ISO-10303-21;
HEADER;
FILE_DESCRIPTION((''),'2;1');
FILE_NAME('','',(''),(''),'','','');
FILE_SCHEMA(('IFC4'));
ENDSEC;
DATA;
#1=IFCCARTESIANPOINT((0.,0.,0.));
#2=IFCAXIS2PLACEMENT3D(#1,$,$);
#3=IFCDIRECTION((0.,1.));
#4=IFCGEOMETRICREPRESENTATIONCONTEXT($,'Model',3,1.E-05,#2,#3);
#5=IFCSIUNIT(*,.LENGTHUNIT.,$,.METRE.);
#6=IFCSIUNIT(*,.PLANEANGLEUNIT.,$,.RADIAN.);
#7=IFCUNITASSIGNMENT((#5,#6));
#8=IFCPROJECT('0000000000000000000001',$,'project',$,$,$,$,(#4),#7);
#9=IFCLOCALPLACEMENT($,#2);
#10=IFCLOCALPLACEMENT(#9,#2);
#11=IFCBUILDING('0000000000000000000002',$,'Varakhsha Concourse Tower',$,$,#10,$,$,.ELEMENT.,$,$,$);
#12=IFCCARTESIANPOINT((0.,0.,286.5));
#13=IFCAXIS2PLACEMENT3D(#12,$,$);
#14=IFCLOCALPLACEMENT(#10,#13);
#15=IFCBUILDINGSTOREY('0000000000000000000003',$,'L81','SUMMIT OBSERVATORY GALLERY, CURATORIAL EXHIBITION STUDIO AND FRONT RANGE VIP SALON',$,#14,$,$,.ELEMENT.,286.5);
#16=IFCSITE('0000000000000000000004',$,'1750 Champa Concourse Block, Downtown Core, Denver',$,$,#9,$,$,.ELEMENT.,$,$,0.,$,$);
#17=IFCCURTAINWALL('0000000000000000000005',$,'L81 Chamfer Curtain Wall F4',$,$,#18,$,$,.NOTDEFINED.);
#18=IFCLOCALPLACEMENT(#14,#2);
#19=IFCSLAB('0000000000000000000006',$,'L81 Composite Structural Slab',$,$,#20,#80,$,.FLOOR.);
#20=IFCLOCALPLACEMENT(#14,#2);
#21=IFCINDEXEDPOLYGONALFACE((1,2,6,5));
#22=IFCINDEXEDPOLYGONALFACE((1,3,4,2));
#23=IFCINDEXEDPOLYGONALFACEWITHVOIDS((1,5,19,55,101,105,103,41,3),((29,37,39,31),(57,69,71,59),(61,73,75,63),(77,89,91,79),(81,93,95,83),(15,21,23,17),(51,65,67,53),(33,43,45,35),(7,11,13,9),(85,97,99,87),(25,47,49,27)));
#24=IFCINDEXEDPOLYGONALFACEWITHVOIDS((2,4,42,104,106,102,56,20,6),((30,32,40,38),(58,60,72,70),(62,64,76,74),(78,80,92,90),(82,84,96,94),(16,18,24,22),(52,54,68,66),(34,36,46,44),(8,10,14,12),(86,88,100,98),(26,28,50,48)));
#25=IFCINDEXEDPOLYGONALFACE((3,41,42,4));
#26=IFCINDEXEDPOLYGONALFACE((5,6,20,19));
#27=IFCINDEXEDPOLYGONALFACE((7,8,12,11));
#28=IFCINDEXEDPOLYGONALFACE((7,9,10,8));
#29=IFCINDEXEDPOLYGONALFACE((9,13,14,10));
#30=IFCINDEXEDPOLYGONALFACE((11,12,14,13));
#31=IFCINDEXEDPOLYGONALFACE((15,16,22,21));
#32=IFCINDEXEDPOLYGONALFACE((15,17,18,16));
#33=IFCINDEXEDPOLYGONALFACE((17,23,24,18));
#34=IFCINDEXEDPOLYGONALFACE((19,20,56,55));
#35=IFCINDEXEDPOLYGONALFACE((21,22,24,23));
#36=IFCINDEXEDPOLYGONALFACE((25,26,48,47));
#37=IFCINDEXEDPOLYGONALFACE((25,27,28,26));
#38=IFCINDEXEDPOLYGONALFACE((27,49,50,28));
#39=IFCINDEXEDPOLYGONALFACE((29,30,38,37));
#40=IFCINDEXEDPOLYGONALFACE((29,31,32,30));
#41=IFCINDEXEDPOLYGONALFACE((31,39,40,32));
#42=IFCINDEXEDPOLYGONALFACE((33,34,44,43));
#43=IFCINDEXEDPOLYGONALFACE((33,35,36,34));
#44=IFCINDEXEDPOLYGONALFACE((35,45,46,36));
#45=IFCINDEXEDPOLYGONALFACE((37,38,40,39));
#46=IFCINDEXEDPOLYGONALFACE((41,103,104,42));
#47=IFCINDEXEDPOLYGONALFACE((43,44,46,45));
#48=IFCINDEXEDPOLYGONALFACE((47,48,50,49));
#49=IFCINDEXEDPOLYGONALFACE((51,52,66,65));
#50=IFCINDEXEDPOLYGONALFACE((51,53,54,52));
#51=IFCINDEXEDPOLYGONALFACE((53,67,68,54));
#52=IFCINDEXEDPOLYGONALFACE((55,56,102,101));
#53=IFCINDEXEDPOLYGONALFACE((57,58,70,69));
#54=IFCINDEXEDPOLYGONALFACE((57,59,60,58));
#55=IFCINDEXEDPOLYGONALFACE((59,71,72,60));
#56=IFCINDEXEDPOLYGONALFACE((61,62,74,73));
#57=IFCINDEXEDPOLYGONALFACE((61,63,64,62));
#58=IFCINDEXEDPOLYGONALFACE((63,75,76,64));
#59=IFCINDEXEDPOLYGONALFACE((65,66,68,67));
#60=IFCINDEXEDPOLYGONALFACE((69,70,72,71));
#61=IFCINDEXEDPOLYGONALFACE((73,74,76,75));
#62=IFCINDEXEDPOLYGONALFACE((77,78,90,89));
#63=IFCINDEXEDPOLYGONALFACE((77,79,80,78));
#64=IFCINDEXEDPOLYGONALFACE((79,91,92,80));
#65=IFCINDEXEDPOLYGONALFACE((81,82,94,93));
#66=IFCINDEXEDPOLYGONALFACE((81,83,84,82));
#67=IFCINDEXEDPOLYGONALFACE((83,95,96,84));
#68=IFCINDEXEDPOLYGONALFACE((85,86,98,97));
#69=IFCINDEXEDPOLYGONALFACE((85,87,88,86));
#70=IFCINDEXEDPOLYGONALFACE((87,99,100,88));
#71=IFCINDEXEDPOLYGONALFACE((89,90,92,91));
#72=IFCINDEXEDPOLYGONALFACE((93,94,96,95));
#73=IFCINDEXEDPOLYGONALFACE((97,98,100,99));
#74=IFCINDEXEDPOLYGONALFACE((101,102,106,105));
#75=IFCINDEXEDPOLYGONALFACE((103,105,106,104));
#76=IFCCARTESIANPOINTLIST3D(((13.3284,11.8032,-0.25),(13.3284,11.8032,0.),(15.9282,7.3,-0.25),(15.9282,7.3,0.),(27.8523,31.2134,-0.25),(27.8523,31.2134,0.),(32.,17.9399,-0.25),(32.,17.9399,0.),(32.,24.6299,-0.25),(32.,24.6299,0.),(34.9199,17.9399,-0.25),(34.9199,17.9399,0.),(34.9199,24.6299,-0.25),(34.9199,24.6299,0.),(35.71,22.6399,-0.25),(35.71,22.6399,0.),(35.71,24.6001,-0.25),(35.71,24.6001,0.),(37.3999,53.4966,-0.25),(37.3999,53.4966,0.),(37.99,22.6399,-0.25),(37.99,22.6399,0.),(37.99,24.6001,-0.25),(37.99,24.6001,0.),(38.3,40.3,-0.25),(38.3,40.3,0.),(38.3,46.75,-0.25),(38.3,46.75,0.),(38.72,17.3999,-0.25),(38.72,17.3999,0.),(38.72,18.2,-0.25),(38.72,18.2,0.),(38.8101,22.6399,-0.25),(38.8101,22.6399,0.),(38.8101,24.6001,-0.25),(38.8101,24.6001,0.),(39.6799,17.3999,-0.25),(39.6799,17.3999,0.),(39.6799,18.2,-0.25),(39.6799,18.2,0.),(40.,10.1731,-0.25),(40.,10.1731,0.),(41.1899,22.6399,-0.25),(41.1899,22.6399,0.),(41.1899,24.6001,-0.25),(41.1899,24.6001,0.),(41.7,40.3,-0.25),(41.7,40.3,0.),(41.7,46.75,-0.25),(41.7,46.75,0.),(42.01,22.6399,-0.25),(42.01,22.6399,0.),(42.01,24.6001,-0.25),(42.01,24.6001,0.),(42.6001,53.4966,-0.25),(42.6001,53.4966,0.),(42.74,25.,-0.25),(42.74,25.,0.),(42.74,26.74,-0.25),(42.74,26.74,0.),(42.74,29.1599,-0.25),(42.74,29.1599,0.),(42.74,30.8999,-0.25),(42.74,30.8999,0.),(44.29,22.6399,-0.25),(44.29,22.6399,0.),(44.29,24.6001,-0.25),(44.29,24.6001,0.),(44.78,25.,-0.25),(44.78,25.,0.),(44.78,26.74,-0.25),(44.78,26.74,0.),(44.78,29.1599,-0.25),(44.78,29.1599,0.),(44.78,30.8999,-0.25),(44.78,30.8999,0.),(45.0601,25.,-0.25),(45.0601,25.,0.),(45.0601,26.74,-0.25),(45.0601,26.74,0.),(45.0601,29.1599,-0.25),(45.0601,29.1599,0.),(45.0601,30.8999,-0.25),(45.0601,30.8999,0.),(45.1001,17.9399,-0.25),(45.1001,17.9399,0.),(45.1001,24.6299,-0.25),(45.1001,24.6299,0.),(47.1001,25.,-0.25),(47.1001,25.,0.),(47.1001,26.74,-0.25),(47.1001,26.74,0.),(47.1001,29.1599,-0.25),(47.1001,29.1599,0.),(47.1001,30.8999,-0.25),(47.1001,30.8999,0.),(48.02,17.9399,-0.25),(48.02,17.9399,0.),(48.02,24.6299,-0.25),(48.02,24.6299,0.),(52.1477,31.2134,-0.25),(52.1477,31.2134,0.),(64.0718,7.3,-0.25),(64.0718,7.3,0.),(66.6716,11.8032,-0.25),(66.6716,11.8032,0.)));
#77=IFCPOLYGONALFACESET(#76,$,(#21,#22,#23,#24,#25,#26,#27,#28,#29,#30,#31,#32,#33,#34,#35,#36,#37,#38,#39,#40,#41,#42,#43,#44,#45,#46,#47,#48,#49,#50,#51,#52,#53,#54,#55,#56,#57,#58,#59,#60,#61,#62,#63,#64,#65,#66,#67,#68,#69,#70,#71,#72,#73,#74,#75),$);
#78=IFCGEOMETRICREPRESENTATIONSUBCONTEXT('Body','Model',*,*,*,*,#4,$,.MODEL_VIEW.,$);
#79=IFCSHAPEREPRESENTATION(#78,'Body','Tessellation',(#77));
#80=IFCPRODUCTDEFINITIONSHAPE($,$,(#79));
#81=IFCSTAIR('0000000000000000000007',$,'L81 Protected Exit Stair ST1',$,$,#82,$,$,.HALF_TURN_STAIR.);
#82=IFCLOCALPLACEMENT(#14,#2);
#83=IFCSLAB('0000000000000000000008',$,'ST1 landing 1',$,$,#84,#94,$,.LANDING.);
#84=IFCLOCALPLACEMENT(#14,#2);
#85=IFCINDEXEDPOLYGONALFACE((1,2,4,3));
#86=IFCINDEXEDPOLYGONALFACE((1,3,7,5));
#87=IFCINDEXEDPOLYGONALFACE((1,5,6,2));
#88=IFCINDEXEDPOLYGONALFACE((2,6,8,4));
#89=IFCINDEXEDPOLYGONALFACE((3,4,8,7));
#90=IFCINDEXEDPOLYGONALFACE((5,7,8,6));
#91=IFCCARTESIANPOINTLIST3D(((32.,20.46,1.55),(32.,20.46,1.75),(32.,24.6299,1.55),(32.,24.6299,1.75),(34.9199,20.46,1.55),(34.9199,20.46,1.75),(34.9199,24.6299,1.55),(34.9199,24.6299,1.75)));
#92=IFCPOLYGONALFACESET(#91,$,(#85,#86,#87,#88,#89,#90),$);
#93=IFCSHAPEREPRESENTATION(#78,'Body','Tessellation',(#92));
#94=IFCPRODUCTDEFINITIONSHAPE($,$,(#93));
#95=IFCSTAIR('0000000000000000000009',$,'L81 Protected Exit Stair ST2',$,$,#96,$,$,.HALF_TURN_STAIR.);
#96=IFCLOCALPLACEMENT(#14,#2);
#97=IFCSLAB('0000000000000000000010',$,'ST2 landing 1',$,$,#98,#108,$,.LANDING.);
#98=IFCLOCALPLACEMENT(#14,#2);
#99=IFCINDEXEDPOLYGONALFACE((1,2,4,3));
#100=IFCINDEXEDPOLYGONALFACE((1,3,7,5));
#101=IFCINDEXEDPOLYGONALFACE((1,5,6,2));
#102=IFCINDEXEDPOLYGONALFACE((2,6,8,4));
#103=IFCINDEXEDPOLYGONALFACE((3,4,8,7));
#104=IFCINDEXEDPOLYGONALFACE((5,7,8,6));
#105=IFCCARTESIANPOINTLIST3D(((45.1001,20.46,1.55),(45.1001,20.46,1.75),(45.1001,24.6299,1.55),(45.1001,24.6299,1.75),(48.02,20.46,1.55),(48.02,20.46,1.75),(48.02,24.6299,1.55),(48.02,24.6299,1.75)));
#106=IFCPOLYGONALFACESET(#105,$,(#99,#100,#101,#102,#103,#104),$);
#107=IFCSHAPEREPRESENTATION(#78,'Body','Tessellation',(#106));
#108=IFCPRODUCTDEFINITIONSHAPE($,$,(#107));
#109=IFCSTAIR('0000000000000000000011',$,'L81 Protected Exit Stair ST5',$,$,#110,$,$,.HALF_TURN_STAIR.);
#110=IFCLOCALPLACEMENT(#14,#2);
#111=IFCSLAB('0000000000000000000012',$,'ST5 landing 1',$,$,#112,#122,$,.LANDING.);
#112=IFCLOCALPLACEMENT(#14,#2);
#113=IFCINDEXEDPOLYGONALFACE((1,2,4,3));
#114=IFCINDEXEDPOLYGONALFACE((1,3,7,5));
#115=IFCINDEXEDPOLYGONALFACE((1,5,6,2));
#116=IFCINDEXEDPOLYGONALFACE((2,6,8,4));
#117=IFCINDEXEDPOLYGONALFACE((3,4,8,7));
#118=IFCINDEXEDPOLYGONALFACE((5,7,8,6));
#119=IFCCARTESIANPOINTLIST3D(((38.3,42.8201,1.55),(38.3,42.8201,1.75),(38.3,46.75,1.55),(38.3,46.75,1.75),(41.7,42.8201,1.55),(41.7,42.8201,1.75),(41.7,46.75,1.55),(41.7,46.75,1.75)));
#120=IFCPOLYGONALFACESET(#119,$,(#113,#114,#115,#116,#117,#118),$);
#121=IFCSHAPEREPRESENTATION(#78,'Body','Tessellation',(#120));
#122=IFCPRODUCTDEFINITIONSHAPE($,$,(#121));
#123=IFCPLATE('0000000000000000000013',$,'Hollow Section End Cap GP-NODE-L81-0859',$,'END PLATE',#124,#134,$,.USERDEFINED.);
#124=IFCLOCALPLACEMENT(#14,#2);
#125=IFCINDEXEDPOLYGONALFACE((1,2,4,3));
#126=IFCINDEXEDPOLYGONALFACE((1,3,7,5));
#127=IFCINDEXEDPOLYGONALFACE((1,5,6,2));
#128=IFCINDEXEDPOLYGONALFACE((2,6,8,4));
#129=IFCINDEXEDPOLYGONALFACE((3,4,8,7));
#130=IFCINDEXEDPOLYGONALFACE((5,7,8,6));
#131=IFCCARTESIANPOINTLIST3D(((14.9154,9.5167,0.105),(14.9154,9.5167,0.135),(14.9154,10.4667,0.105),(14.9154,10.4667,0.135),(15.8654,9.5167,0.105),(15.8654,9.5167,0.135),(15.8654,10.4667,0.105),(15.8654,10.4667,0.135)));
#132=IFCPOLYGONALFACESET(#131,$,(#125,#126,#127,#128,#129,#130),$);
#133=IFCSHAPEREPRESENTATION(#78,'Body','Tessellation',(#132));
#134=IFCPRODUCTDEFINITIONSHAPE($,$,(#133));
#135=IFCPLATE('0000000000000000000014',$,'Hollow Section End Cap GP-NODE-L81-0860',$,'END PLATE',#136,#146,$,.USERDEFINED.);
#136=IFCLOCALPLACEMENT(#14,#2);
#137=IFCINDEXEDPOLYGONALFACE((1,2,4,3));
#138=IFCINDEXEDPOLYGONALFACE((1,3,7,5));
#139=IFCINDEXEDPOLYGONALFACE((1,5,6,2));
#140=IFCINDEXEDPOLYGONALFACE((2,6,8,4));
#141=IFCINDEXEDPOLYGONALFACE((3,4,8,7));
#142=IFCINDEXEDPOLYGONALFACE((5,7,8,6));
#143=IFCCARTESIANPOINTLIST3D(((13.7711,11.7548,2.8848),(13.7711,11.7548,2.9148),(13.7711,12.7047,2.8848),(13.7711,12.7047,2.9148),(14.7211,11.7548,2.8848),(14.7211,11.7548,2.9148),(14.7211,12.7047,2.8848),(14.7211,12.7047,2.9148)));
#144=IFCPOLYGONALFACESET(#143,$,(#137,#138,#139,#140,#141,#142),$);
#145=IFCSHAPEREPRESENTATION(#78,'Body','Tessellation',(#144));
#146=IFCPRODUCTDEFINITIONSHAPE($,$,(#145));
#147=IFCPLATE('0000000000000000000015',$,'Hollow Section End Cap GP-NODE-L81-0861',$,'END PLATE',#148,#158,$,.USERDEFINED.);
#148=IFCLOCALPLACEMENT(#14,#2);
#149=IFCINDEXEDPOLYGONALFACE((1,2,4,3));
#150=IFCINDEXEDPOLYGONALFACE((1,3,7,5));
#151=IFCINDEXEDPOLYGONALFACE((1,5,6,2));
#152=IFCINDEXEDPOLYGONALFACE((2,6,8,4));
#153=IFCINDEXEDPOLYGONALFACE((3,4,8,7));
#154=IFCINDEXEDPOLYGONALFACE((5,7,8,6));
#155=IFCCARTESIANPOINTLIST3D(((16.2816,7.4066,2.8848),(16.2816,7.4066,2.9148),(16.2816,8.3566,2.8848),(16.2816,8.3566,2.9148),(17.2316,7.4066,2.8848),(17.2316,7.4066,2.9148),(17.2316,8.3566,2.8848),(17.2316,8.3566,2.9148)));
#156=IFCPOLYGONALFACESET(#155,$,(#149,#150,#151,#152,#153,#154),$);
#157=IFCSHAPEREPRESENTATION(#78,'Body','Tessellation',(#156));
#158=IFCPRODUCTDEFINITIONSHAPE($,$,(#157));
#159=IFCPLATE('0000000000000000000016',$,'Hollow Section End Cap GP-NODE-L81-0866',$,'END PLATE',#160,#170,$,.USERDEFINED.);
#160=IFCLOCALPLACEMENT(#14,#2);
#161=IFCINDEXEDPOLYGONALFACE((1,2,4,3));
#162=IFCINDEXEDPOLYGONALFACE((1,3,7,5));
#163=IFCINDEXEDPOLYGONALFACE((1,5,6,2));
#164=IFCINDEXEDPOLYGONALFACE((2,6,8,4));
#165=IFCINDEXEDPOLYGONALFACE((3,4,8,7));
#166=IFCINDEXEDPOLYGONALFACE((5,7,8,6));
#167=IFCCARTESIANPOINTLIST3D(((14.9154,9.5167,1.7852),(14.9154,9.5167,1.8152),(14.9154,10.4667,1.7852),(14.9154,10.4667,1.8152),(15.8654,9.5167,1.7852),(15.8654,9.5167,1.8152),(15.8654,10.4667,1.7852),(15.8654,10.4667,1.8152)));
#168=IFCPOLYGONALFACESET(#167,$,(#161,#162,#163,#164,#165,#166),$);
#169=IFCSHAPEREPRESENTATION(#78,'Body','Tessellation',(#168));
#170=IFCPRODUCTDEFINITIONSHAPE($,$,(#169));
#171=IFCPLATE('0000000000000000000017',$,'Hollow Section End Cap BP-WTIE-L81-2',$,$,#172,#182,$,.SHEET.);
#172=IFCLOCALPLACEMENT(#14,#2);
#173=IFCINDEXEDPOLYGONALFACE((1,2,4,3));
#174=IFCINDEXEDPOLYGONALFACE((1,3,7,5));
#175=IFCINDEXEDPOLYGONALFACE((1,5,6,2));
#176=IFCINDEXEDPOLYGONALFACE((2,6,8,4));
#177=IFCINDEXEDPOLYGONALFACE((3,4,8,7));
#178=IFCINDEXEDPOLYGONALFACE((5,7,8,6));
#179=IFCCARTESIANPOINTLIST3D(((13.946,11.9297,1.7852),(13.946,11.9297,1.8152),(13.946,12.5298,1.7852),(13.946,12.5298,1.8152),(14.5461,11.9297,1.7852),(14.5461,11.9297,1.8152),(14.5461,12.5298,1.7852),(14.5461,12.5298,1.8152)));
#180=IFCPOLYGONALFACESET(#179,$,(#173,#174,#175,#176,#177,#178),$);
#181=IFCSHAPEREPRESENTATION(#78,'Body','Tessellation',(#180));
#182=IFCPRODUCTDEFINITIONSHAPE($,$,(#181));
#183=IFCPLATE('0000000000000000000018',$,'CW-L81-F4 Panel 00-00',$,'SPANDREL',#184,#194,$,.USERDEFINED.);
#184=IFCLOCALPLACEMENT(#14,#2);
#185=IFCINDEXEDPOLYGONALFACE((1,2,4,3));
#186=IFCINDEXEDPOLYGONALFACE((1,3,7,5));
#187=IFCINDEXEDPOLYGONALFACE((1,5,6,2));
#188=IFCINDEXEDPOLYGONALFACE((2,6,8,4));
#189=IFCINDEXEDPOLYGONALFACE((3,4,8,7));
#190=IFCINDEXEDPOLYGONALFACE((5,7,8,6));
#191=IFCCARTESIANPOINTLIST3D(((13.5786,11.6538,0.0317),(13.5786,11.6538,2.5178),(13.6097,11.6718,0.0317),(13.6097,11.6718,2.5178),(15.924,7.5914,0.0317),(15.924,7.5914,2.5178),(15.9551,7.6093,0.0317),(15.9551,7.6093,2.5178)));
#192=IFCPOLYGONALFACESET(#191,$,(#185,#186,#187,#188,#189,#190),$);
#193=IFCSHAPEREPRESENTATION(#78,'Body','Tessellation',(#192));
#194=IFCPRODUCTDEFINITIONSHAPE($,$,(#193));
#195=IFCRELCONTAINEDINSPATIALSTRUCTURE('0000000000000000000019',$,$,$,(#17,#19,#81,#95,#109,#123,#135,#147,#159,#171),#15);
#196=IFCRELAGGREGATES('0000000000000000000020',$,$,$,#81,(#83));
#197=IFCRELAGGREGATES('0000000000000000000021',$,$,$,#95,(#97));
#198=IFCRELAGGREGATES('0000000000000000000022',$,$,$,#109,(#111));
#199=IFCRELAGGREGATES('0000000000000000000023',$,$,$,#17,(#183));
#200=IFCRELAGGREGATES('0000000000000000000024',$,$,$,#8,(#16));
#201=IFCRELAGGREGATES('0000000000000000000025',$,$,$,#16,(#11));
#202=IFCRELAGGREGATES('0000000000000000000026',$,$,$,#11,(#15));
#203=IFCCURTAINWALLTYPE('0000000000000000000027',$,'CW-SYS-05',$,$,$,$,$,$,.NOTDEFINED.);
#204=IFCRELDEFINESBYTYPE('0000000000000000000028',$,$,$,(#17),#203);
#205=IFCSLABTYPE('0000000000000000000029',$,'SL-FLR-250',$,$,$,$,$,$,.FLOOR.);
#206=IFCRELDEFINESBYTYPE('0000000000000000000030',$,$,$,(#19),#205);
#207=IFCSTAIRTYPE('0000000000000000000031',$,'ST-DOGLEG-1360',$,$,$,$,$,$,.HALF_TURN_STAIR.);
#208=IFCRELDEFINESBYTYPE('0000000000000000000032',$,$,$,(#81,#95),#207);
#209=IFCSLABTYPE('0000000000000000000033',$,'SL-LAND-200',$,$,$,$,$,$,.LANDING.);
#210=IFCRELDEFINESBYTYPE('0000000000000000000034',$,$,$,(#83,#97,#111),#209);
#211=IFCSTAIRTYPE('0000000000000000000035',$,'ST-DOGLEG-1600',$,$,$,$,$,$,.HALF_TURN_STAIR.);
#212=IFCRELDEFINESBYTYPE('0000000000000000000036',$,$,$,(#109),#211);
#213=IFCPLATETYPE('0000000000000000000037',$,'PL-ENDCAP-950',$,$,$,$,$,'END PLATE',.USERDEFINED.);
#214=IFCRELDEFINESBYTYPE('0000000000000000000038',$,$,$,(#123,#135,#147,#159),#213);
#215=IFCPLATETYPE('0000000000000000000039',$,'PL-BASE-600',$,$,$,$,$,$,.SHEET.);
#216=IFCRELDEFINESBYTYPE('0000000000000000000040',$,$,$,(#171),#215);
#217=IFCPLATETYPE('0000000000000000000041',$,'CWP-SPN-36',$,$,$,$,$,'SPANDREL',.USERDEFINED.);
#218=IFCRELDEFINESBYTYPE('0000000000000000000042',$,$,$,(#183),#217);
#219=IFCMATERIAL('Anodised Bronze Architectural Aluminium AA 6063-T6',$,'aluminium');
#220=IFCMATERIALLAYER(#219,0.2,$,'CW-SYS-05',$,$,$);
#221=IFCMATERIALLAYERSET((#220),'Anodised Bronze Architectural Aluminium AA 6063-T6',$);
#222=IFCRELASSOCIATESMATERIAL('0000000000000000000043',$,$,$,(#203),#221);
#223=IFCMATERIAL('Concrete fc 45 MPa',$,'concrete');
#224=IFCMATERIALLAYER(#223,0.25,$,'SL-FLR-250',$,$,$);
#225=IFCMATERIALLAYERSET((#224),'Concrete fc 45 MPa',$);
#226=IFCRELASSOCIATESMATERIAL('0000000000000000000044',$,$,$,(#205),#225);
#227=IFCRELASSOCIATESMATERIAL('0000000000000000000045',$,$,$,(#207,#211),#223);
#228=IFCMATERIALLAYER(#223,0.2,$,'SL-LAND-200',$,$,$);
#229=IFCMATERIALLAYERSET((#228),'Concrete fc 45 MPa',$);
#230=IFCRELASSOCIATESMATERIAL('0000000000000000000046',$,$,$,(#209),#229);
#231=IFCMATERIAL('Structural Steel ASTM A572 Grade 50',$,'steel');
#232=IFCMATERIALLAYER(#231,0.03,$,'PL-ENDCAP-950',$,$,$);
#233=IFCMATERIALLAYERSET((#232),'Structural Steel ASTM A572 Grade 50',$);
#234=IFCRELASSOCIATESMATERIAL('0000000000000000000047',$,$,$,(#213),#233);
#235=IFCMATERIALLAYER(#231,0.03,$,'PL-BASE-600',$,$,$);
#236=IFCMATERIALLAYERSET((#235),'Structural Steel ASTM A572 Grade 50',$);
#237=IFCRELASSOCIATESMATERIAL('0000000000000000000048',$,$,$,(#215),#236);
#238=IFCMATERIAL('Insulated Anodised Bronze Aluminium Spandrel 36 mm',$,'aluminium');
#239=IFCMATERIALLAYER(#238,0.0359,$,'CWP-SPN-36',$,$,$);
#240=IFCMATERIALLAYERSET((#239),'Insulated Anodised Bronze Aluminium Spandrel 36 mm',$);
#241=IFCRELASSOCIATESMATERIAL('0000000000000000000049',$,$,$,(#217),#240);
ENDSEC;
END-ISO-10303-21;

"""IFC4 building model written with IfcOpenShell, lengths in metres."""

from ifc_helpers import new_model, si_unit, direction, frame, origin, origin_2d, place, context, subcontext, project, spatial, polyline, rectangle, outline, extrude, source, transform, mapped, material, layer, layer_set, type_object, type_shapes, element, aggregate, save


model = new_model("IFC4")

# Units and contexts
model_context = context("Model", 3, precision=1e-05, world=origin(), true_north=direction((0.0, 1.0)))
body_context = subcontext(model_context, "Body", "Model", "MODEL_VIEW")
ifc_project = project(units=[si_unit("LENGTHUNIT", "METRE"), si_unit("PLANEANGLEUNIT", "RADIAN")], contexts=[model_context])

# Site, building, storey
site_placement = place(None, origin())
site = spatial("IfcSite", under=ifc_project, at=site_placement, Name="1750 Champa Concourse Block, Downtown Core, Denver", CompositionType="ELEMENT", RefElevation=0.0)
building_placement = place(site_placement, origin())
building = spatial("IfcBuilding", under=site, at=building_placement, Name="Varakhsha Concourse Tower", CompositionType="ELEMENT")
storey_placement = place(building_placement, frame((0.0, 0.0, 286.5)))
storey = spatial("IfcBuildingStorey", under=building, at=storey_placement, Name="L81", Description="SUMMIT OBSERVATORY GALLERY, CURATORIAL EXHIBITION STUDIO AND FRONT RANGE VIP SALON", CompositionType="ELEMENT", Elevation=286.5)

# Shared definitions
ifc_material_1 = material(Name="Structural Steel ASTM A572 Grade 50", Category="steel")

# Shared definitions
ifc_material_2 = material(Name="Anodised Bronze Architectural Aluminium AA 6063-T6", Category="aluminium")
ifc_layer_1 = layer(ifc_material_2, 0.2, Name="CW-SYS-05")
ifc_layer_set_1 = layer_set([ifc_layer_1], Name="Anodised Bronze Architectural Aluminium AA 6063-T6")
curtain_wall_type = type_object("IfcCurtainWallType", Name="CW-SYS-05", PredefinedType="NOTDEFINED", material=ifc_layer_set_1)

# Curtain wall
curtain_wall_1_placement = place(storey_placement, origin())
curtain_wall_1 = element("IfcCurtainWall", 1, at=curtain_wall_1_placement, inside=storey, type_object=curtain_wall_type, Name="L81 Chamfer Curtain Wall F4", PredefinedType="NOTDEFINED")

# Slab
ifc_material_3 = material(Name="Concrete fc 45 MPa", Category="concrete")
ifc_layer_2 = layer(ifc_material_3, 0.25, Name="SL-FLR-250")
ifc_layer_set_2 = layer_set([ifc_layer_2], Name="Concrete fc 45 MPa")
slab_type_1 = type_object("IfcSlabType", Name="SL-FLR-250", PredefinedType="FLOOR", material=ifc_layer_set_2)
slab_1_placement = place(storey_placement, frame((0.0, 0.0, -0.25)))
element("IfcSlab", 2, at=slab_1_placement, inside=storey, type_object=slab_type_1, Name="L81 Composite Structural Slab", PredefinedType="FLOOR", context=body_context, shape_type="SweptSolid", body=[
    extrude(outline(polyline([(42.6001, 53.4966), (37.3999, 53.4966), (27.8523, 31.2134), (13.3284, 11.8032), (15.9282, 7.3), (40.0, 10.1731), (64.0718, 7.3), (66.6716, 11.8032), (52.1477, 31.2134), (42.6001, 53.4966)]), holes=[polyline([(34.9199, 17.9399), (34.9199, 24.6299), (32.0, 24.6299), (32.0, 17.9399), (34.9199, 17.9399)]), polyline([(48.02, 17.9399), (48.02, 24.6299), (45.1001, 24.6299), (45.1001, 17.9399), (48.02, 17.9399)]), polyline([(41.7, 40.3), (41.7, 46.75), (38.3, 46.75), (38.3, 40.3), (41.7, 40.3)]), polyline([(42.74, 29.1599), (44.78, 29.1599), (44.78, 30.8999), (42.74, 30.8999), (42.74, 29.1599)]), polyline([(45.0601, 29.1599), (47.1001, 29.1599), (47.1001, 30.8999), (45.0601, 30.8999), (45.0601, 29.1599)]), polyline([(42.74, 25.0), (44.78, 25.0), (44.78, 26.74), (42.74, 26.74), (42.74, 25.0)]), polyline([(45.0601, 25.0), (47.1001, 25.0), (47.1001, 26.74), (45.0601, 26.74), (45.0601, 25.0)]), polyline([(35.71, 22.6399), (37.99, 22.6399), (37.99, 24.6001), (35.71, 24.6001), (35.71, 22.6399)]), polyline([(42.01, 22.6399), (44.29, 22.6399), (44.29, 24.6001), (42.01, 24.6001), (42.01, 22.6399)]), polyline([(38.8101, 22.6399), (41.1899, 22.6399), (41.1899, 24.6001), (38.8101, 24.6001), (38.8101, 22.6399)]), polyline([(38.72, 17.3999), (39.6799, 17.3999), (39.6799, 18.2), (38.72, 18.2), (38.72, 17.3999)])]), origin(), (0.0, 0.0, 1.0), 0.25),
])

# Stairs, slabs
stair_type_1 = type_object("IfcStairType", Name="ST-DOGLEG-1360", PredefinedType="HALF_TURN_STAIR", material=ifc_material_3)
stair_1_placement = place(storey_placement, origin())
stair_1 = element("IfcStair", 3, at=stair_1_placement, inside=storey, type_object=stair_type_1, Name="L81 Protected Exit Stair ST1", PredefinedType="HALF_TURN_STAIR")
ifc_layer_3 = layer(ifc_material_3, 0.2, Name="SL-LAND-200")
ifc_layer_set_3 = layer_set([ifc_layer_3], Name="Concrete fc 45 MPa")
slab_type_2 = type_object("IfcSlabType", Name="SL-LAND-200", PredefinedType="LANDING", material=ifc_layer_set_3)
slab_2_placement = place(storey_placement, frame((0.0, 0.0, 1.55)))
slab_2 = element("IfcSlab", 4, at=slab_2_placement, type_object=slab_type_2, Name="ST1 landing 1", PredefinedType="LANDING", context=body_context, shape_type="SweptSolid", body=[
    extrude(outline(polyline([(34.9199, 20.46), (34.9199, 24.6299), (32.0, 24.6299), (32.0, 20.46), (34.9199, 20.46)])), origin(), (0.0, 0.0, 1.0), 0.2),
])
aggregate(stair_1, [slab_2])
stair_2_placement = place(storey_placement, origin())
stair_2 = element("IfcStair", 5, at=stair_2_placement, inside=storey, type_object=stair_type_1, Name="L81 Protected Exit Stair ST2", PredefinedType="HALF_TURN_STAIR")
slab_3_placement = place(storey_placement, frame((0.0, 0.0, 1.55)))
slab_3 = element("IfcSlab", 6, at=slab_3_placement, type_object=slab_type_2, Name="ST2 landing 1", PredefinedType="LANDING", context=body_context, shape_type="SweptSolid", body=[
    extrude(outline(polyline([(48.02, 20.46), (48.02, 24.6299), (45.1001, 24.6299), (45.1001, 20.46), (48.02, 20.46)])), origin(), (0.0, 0.0, 1.0), 0.2),
])
aggregate(stair_2, [slab_3])
stair_type_2 = type_object("IfcStairType", Name="ST-DOGLEG-1600", PredefinedType="HALF_TURN_STAIR", material=ifc_material_3)
stair_3_placement = place(storey_placement, origin())
stair_3 = element("IfcStair", 7, at=stair_3_placement, inside=storey, type_object=stair_type_2, Name="L81 Protected Exit Stair ST5", PredefinedType="HALF_TURN_STAIR")
slab_4_placement = place(storey_placement, frame((0.0, 0.0, 1.55)))
slab_4 = element("IfcSlab", 8, at=slab_4_placement, type_object=slab_type_2, Name="ST5 landing 1", PredefinedType="LANDING", context=body_context, shape_type="SweptSolid", body=[
    extrude(outline(polyline([(41.7, 42.8201), (41.7, 46.75), (38.3, 46.75), (38.3, 42.8201), (41.7, 42.8201)])), origin(), (0.0, 0.0, 1.0), 0.2),
])
aggregate(stair_3, [slab_4])

# Plates
ifc_layer_4 = layer(ifc_material_1, 0.03, Name="PL-ENDCAP-950")
ifc_layer_set_4 = layer_set([ifc_layer_4], Name="Structural Steel ASTM A572 Grade 50")
plate_type_1 = type_object("IfcPlateType", Name="PL-ENDCAP-950", ElementType="END PLATE", PredefinedType="USERDEFINED", material=ifc_layer_set_4)
shared_shape_1 = source(origin(), body_context, "Body", "SweptSolid", [
    extrude(rectangle(XDim=0.95, YDim=0.95, at=origin_2d()), origin(), (0.0, 0.0, 1.0), 0.03),
])
type_shapes(plate_type_1, [shared_shape_1])
for number, where, z_axis, x_axis, name in (
    (9, (15.3904, 9.9917, 0.105), (0.0, 0.0, 1.0), (1.0, 0.0, 0.0), "Hollow Section End Cap GP-NODE-L81-0859"),
    (10, (14.2461, 12.2297, 2.8848), (0.0, 0.0, 1.0), (1.0, 0.0, 0.0), "Hollow Section End Cap GP-NODE-L81-0860"),
    (11, (16.7566, 7.8816, 2.8848), (0.0, 0.0, 1.0), (1.0, 0.0, 0.0), "Hollow Section End Cap GP-NODE-L81-0861"),
    (12, (15.3904, 9.9917, 1.7852), (0.0, 0.0, 1.0), (1.0, 0.0, 0.0), "Hollow Section End Cap GP-NODE-L81-0866"),
):
    element("IfcPlate", number, at=place(storey_placement, frame(where, z_axis=z_axis, x_axis=x_axis)), inside=storey, type_object=plate_type_1, Name=name, ObjectType="END PLATE", PredefinedType="USERDEFINED", context=body_context, shape_type="MappedRepresentation", body=[
        mapped(shared_shape_1, transform((0.0, 0.0, 0.0), scale=1.0)),
    ])
ifc_layer_5 = layer(ifc_material_1, 0.03, Name="PL-BASE-600")
ifc_layer_set_5 = layer_set([ifc_layer_5], Name="Structural Steel ASTM A572 Grade 50")
plate_type_2 = type_object("IfcPlateType", Name="PL-BASE-600", PredefinedType="SHEET", material=ifc_layer_set_5)
shared_shape_2 = source(origin(), body_context, "Body", "SweptSolid", [
    extrude(rectangle(XDim=0.6001, YDim=0.6001, at=origin_2d()), origin(), (0.0, 0.0, 1.0), 0.03),
])
type_shapes(plate_type_2, [shared_shape_2])
plate_1_placement = place(storey_placement, frame((14.2461, 12.2297, 1.7852), z_axis=(0.0, 0.0, 1.0), x_axis=(1.0, 0.0, 0.0)))
element("IfcPlate", 13, at=plate_1_placement, inside=storey, type_object=plate_type_2, Name="Hollow Section End Cap BP-WTIE-L81-2", PredefinedType="SHEET", context=body_context, shape_type="MappedRepresentation", body=[
    mapped(shared_shape_2, transform((0.0, 0.0, 0.0), scale=1.0)),
])

# Plate
ifc_material_4 = material(Name="Insulated Anodised Bronze Aluminium Spandrel 36 mm", Category="aluminium")
ifc_layer_6 = layer(ifc_material_4, 0.0359, Name="CWP-SPN-36")
ifc_layer_set_6 = layer_set([ifc_layer_6], Name="Insulated Anodised Bronze Aluminium Spandrel 36 mm")
plate_type_3 = type_object("IfcPlateType", Name="CWP-SPN-36", ElementType="SPANDREL", PredefinedType="USERDEFINED", material=ifc_layer_set_6)
shared_shape_3 = source(origin(), body_context, "Body", "SweptSolid", [
    extrude(rectangle(XDim=4.6909, YDim=0.0359, at=origin_2d()), origin(), (0.0, 0.0, 1.0), 2.4861),
])
plate_2_placement = place(storey_placement, frame((14.7668, 9.6316, 0.0317), z_axis=(0.0, 0.0, 1.0), x_axis=(-0.499998, 0.866026, 0.0)))
plate_2 = element("IfcPlate", 14, at=plate_2_placement, type_object=plate_type_3, Name="CW-L81-F4 Panel 00-00", ObjectType="SPANDREL", PredefinedType="USERDEFINED", context=body_context, shape_type="MappedRepresentation", body=[
    mapped(shared_shape_3, transform((0.0, 0.0, 0.0), scale=1.0)),
])
aggregate(curtain_wall_1, [plate_2])

save(model, "model.ifc")
